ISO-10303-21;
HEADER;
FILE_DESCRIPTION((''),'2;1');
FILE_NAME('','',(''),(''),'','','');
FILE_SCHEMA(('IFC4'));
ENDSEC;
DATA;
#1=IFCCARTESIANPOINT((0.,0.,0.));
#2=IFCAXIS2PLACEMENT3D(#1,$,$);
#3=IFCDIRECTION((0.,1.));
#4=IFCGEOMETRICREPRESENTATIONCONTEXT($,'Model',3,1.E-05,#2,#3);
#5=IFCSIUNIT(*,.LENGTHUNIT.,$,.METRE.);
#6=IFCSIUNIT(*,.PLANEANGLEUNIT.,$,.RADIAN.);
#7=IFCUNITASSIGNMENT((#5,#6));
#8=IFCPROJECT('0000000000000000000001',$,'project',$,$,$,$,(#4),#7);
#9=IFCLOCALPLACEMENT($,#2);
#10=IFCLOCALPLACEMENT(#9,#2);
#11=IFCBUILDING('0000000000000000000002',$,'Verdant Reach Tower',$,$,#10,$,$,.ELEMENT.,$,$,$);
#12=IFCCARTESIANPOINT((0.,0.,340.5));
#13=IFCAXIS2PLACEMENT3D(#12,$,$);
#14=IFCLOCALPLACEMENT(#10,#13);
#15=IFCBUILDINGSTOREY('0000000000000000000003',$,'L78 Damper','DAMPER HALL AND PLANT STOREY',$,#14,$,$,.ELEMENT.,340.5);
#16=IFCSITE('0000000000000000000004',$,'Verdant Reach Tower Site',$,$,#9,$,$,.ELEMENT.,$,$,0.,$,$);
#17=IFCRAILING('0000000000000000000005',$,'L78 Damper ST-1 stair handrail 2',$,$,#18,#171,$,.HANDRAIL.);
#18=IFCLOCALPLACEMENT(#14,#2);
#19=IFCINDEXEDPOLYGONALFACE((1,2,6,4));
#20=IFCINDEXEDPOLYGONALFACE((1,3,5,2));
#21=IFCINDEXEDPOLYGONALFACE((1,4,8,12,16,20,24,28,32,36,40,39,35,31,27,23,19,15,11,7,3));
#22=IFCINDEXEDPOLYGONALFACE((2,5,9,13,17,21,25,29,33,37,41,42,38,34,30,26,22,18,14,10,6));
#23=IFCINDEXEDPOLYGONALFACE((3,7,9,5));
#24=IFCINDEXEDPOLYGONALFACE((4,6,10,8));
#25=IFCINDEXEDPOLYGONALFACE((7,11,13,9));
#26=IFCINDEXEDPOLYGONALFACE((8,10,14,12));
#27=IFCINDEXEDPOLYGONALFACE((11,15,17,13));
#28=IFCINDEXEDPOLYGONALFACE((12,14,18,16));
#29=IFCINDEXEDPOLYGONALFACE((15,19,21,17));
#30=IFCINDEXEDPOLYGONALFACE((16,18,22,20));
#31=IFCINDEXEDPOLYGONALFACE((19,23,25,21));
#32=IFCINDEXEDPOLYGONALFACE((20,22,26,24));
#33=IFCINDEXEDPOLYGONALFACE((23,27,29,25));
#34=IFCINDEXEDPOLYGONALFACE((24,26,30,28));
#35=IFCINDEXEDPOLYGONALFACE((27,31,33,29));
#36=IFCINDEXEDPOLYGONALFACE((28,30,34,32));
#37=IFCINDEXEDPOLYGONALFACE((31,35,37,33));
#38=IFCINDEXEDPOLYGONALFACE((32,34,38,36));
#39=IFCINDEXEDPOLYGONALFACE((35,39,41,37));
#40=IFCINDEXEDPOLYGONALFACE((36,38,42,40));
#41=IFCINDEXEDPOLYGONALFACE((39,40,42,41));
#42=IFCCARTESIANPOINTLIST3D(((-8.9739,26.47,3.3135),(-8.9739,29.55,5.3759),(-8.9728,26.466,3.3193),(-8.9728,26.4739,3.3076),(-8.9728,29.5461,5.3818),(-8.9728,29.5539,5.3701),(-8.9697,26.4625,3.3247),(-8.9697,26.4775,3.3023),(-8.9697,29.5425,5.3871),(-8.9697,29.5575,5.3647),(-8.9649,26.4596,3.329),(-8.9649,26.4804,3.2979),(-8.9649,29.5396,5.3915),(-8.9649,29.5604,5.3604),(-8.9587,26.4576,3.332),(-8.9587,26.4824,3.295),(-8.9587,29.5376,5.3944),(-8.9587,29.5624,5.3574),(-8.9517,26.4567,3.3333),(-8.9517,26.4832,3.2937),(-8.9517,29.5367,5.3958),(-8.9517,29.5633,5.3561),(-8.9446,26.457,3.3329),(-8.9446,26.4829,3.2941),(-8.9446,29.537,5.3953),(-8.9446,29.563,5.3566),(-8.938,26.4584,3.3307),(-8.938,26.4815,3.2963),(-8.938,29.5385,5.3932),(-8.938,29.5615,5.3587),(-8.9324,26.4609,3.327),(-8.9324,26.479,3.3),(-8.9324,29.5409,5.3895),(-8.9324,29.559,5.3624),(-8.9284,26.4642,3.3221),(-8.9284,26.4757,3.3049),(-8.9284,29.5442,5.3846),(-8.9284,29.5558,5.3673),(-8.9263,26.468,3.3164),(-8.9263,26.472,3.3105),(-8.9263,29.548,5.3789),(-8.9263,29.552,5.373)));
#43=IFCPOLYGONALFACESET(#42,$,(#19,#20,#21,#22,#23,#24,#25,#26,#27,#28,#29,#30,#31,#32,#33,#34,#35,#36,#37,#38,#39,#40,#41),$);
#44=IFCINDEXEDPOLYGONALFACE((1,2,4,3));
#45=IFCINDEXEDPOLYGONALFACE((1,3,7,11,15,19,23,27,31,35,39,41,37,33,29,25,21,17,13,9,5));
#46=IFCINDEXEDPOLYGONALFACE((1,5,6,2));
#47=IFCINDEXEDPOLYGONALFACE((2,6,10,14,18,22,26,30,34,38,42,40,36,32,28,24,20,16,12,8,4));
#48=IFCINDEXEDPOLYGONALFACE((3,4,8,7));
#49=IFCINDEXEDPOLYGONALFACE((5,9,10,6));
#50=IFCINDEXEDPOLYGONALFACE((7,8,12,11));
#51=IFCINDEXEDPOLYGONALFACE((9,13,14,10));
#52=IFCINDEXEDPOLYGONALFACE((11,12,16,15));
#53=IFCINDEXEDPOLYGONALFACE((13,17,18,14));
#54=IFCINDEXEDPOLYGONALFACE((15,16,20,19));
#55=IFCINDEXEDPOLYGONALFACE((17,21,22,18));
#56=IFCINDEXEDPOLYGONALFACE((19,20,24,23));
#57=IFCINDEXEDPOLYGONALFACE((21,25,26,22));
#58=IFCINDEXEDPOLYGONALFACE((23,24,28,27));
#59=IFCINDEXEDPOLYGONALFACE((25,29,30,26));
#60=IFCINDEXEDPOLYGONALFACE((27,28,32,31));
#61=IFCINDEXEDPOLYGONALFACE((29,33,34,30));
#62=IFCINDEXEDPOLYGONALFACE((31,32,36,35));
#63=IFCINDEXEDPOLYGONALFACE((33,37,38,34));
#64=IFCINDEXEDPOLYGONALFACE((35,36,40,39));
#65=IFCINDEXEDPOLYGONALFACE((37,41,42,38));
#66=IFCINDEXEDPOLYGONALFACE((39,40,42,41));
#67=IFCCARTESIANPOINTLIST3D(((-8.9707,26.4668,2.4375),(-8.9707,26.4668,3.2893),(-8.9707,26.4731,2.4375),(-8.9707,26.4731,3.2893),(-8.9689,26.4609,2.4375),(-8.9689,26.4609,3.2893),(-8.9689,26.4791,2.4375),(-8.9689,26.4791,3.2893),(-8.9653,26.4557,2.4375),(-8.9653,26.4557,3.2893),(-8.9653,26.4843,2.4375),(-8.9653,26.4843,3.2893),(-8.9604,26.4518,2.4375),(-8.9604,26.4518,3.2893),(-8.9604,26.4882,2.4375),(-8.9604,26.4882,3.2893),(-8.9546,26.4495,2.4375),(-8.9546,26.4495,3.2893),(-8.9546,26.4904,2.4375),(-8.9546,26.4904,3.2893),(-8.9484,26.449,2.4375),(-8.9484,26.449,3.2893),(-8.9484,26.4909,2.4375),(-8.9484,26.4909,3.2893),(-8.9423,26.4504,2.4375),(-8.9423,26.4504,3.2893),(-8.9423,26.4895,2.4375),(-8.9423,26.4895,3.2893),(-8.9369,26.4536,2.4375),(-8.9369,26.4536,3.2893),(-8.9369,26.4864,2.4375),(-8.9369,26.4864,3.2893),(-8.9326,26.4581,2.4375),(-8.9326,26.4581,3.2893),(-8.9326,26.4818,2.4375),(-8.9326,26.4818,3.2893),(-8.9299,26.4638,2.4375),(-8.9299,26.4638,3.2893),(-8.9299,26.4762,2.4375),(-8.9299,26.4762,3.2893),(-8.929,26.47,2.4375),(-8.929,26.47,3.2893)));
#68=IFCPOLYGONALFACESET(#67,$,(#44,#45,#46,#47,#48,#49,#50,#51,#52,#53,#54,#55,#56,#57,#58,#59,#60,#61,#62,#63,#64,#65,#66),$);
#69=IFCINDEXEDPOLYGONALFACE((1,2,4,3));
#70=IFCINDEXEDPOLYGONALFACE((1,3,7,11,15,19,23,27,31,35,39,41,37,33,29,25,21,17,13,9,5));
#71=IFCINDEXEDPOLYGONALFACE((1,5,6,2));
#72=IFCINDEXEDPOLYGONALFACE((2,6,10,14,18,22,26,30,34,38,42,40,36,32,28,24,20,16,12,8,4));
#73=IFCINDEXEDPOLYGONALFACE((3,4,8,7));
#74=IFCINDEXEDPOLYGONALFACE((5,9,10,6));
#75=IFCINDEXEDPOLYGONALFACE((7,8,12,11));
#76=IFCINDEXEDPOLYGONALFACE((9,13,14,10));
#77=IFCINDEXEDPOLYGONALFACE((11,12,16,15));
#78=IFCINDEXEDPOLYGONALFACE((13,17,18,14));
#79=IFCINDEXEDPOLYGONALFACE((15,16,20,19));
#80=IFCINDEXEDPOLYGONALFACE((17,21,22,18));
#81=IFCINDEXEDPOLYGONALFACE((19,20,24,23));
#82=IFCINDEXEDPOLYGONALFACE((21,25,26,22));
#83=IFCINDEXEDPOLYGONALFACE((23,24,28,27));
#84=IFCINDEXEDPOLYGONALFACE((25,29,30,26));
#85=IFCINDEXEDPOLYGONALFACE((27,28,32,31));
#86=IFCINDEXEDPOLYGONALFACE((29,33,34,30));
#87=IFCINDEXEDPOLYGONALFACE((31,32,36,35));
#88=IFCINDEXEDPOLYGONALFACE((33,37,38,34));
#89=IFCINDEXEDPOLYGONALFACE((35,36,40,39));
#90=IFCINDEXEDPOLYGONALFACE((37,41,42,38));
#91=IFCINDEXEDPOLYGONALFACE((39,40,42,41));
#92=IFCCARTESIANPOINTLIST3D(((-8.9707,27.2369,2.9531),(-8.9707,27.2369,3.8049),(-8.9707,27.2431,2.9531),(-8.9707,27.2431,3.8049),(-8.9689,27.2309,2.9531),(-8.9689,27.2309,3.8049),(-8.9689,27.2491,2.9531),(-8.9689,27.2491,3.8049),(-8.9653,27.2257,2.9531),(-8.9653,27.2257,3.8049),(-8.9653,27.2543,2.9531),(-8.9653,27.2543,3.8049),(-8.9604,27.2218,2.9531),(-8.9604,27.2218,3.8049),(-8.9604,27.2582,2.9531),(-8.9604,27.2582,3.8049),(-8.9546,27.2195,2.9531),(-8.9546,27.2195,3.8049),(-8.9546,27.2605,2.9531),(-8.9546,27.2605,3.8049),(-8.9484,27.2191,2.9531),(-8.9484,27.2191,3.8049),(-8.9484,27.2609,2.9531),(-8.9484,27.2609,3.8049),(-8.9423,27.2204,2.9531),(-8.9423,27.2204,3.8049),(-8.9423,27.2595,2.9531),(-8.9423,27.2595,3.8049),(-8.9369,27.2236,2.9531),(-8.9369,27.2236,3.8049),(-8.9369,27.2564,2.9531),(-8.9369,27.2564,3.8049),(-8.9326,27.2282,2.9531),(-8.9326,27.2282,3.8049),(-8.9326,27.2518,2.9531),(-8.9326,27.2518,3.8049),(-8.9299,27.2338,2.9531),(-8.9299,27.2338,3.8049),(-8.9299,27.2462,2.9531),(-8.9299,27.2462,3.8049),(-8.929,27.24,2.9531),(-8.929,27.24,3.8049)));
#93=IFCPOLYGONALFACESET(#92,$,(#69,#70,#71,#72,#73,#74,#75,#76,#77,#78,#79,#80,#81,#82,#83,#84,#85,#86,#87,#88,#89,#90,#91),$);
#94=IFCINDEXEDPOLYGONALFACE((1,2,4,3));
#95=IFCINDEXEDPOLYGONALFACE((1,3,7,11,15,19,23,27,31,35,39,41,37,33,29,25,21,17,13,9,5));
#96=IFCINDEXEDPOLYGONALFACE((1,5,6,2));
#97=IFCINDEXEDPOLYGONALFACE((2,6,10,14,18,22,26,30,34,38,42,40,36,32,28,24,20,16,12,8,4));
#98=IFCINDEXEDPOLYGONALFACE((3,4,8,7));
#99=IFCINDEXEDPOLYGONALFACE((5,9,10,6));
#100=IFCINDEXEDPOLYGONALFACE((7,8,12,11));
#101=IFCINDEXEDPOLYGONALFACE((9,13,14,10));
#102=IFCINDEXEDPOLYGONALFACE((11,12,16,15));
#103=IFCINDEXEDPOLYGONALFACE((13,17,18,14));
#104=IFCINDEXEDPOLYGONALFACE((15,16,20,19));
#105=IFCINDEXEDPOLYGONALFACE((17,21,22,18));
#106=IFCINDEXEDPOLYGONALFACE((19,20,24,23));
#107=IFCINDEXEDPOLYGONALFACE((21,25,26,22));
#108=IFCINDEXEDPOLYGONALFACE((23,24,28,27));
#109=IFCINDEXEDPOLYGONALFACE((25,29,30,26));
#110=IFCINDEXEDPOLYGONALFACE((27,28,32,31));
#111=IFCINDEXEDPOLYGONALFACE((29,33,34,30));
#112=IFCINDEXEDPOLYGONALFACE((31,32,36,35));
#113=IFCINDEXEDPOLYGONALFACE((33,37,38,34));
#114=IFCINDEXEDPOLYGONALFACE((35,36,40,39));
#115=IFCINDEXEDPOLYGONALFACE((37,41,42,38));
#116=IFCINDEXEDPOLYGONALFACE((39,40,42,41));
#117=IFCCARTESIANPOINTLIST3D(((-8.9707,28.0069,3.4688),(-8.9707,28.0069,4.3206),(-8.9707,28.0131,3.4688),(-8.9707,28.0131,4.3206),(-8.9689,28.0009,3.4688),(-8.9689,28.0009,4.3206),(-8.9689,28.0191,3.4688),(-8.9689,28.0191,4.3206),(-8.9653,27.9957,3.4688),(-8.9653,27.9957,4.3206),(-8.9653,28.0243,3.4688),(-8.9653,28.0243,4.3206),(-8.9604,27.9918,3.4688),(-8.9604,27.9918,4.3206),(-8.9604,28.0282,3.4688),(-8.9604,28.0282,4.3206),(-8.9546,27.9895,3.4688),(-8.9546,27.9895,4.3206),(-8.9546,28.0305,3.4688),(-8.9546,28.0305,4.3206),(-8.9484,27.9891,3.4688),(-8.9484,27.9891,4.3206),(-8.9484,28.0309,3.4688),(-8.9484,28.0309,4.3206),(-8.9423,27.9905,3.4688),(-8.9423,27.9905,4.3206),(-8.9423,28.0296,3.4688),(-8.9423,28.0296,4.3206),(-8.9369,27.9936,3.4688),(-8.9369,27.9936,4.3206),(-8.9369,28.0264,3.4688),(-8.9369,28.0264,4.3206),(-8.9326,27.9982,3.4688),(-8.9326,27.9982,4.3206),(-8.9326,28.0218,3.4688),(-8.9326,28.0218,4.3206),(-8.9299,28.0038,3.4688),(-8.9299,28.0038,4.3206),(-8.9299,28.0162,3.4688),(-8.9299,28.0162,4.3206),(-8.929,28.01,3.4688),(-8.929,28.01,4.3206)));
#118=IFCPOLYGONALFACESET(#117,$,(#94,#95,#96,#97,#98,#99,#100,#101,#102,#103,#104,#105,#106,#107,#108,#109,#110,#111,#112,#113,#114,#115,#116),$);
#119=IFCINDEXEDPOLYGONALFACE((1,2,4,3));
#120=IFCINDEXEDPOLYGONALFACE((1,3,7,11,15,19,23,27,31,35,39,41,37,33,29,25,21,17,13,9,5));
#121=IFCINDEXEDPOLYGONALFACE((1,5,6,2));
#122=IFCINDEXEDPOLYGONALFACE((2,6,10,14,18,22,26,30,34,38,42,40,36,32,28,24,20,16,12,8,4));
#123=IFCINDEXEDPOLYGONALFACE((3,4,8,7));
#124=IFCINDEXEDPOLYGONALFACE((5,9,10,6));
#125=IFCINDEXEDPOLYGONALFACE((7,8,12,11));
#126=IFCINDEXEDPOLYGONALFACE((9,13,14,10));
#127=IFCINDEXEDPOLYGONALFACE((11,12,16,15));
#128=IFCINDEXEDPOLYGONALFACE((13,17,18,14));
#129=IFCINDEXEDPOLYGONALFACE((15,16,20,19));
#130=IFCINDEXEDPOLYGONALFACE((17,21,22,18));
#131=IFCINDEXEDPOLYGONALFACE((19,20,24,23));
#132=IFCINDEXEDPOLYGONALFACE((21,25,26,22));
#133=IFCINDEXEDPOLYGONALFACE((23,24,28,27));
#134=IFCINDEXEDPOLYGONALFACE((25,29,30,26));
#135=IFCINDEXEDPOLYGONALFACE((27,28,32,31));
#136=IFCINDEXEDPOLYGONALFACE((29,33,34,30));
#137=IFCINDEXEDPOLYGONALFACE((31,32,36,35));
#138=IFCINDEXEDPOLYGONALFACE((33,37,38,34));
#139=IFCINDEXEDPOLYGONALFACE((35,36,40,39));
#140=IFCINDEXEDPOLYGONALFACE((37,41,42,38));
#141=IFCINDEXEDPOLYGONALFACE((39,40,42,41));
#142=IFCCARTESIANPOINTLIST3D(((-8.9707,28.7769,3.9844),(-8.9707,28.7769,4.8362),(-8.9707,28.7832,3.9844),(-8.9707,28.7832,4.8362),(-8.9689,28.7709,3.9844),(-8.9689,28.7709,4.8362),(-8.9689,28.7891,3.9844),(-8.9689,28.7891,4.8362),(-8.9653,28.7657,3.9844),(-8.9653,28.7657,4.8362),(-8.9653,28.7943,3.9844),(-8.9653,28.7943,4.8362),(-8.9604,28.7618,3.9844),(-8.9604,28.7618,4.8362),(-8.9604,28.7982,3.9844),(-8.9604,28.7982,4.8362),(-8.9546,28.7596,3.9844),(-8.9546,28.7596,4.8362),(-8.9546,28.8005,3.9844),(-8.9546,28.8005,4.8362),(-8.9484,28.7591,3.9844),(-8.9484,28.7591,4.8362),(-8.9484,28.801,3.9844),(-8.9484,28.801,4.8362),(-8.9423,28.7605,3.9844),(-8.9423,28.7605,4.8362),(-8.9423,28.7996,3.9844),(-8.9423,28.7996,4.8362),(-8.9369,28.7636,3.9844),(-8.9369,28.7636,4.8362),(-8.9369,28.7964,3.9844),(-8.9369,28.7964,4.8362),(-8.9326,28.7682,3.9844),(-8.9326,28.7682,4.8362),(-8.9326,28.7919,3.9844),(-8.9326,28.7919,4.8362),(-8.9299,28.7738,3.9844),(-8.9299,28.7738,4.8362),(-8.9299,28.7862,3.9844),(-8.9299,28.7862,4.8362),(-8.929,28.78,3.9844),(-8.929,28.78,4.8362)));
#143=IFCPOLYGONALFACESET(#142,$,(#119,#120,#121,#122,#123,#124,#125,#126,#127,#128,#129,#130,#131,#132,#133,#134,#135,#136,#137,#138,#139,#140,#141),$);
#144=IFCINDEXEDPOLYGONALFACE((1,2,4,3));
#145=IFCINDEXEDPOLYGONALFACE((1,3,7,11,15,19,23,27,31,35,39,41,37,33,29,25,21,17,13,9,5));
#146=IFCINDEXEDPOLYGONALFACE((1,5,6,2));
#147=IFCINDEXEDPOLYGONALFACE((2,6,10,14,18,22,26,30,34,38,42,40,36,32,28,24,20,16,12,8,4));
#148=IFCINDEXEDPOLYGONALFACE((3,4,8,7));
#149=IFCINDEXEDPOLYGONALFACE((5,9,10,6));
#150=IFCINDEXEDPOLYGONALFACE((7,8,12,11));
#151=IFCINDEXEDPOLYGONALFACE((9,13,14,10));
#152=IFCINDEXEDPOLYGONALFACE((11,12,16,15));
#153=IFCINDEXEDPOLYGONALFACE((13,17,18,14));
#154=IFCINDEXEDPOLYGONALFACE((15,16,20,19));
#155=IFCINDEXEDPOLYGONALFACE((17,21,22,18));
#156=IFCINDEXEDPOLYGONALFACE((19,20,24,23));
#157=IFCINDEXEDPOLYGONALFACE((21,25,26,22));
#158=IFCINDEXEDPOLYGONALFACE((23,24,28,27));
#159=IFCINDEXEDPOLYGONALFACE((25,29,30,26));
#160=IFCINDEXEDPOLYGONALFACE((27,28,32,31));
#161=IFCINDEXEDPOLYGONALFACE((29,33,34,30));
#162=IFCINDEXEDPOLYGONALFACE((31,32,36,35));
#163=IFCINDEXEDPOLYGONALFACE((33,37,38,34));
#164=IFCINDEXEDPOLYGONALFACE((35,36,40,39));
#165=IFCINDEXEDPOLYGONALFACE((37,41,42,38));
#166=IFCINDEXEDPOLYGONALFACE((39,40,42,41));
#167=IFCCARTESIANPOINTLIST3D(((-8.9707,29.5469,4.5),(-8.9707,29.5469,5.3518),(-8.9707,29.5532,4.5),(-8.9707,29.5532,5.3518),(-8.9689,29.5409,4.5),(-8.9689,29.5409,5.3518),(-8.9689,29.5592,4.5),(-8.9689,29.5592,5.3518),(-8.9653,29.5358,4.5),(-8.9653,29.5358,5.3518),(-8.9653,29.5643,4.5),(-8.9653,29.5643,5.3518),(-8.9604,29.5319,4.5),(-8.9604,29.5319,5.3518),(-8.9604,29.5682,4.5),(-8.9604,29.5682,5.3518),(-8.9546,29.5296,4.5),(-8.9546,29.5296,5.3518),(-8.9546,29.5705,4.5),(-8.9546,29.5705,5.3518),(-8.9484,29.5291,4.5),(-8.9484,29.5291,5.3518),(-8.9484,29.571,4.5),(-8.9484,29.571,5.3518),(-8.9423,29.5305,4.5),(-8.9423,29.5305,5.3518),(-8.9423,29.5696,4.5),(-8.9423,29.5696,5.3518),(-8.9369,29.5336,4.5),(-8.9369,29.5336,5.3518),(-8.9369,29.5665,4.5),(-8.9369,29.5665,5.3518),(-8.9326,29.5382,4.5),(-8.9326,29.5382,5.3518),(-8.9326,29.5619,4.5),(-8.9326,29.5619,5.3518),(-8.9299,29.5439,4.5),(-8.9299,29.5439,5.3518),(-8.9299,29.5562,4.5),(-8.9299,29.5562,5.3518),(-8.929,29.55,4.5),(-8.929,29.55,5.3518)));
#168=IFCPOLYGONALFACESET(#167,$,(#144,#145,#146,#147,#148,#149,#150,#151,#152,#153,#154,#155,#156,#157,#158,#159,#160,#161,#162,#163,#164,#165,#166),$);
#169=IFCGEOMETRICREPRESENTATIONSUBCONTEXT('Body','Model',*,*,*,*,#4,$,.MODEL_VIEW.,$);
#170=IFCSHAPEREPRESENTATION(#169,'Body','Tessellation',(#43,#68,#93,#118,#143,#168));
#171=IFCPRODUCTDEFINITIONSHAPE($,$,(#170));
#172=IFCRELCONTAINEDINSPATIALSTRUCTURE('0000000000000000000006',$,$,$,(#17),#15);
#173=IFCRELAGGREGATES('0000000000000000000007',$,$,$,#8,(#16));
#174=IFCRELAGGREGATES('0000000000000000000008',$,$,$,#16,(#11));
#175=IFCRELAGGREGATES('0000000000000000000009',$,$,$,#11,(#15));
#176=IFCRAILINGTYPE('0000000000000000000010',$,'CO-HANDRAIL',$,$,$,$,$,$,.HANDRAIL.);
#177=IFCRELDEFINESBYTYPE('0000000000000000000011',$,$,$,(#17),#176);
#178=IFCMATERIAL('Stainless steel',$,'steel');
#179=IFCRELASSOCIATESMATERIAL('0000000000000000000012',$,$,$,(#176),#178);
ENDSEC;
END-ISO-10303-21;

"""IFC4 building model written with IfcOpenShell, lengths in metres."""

from ifc_helpers import new_model, si_unit, direction, frame, origin, origin_2d, place, context, subcontext, project, spatial, circle, extrude, material, type_object, element, save


model = new_model("IFC4")

# Units and contexts
model_context = context("Model", 3, precision=1e-05, world=origin(), true_north=direction((0.0, 1.0)))
body_context = subcontext(model_context, "Body", "Model", "MODEL_VIEW")
ifc_project = project(units=[si_unit("LENGTHUNIT", "METRE"), si_unit("PLANEANGLEUNIT", "RADIAN")], contexts=[model_context])

# Site, building, storey
site_placement = place(None, origin())
site = spatial("IfcSite", under=ifc_project, at=site_placement, Name="Verdant Reach Tower Site", CompositionType="ELEMENT", RefElevation=0.0)
building_placement = place(site_placement, origin())
building = spatial("IfcBuilding", under=site, at=building_placement, Name="Verdant Reach Tower", CompositionType="ELEMENT")
storey_placement = place(building_placement, frame((0.0, 0.0, 340.5)))
storey = spatial("IfcBuildingStorey", under=building, at=storey_placement, Name="L78 Damper", Description="DAMPER HALL AND PLANT STOREY", CompositionType="ELEMENT", Elevation=340.5)

# Railing
ifc_material_1 = material(Name="Stainless steel", Category="steel")
railing_type = type_object("IfcRailingType", Name="CO-HANDRAIL", PredefinedType="HANDRAIL", material=ifc_material_1)
railing_placement = place(storey_placement, frame((-8.95, 26.47, 2.4375)))
element("IfcRailing", 1, at=railing_placement, inside=storey, type_object=railing_type, Name="L78 Damper ST-1 stair handrail 2", PredefinedType="HANDRAIL", context=body_context, shape_type="SweptSolid", body=[
    extrude(circle(Radius=0.0239, at=origin_2d()), frame((0.0, 0.0, 0.876), z_axis=(0.0, 0.830914, 0.556401), x_axis=(-1.0, 0.0, 0.0)), (0.0, 0.0, 1.0), 3.7068),
    extrude(circle(Radius=0.021, at=origin_2d()), origin(), (0.0, 0.0, 1.0), 0.8518),
    extrude(circle(Radius=0.021, at=origin_2d()), frame((0.0, 0.77, 0.5156)), (0.0, 0.0, 1.0), 0.8518),
    extrude(circle(Radius=0.021, at=origin_2d()), frame((0.0, 1.54, 1.0312)), (0.0, 0.0, 1.0), 0.8518),
    extrude(circle(Radius=0.021, at=origin_2d()), frame((0.0, 2.3101, 1.5469)), (0.0, 0.0, 1.0), 0.8518),
    extrude(circle(Radius=0.021, at=origin_2d()), frame((0.0, 3.0801, 2.0625)), (0.0, 0.0, 1.0), 0.8518),
])

save(model, "model.ifc")
